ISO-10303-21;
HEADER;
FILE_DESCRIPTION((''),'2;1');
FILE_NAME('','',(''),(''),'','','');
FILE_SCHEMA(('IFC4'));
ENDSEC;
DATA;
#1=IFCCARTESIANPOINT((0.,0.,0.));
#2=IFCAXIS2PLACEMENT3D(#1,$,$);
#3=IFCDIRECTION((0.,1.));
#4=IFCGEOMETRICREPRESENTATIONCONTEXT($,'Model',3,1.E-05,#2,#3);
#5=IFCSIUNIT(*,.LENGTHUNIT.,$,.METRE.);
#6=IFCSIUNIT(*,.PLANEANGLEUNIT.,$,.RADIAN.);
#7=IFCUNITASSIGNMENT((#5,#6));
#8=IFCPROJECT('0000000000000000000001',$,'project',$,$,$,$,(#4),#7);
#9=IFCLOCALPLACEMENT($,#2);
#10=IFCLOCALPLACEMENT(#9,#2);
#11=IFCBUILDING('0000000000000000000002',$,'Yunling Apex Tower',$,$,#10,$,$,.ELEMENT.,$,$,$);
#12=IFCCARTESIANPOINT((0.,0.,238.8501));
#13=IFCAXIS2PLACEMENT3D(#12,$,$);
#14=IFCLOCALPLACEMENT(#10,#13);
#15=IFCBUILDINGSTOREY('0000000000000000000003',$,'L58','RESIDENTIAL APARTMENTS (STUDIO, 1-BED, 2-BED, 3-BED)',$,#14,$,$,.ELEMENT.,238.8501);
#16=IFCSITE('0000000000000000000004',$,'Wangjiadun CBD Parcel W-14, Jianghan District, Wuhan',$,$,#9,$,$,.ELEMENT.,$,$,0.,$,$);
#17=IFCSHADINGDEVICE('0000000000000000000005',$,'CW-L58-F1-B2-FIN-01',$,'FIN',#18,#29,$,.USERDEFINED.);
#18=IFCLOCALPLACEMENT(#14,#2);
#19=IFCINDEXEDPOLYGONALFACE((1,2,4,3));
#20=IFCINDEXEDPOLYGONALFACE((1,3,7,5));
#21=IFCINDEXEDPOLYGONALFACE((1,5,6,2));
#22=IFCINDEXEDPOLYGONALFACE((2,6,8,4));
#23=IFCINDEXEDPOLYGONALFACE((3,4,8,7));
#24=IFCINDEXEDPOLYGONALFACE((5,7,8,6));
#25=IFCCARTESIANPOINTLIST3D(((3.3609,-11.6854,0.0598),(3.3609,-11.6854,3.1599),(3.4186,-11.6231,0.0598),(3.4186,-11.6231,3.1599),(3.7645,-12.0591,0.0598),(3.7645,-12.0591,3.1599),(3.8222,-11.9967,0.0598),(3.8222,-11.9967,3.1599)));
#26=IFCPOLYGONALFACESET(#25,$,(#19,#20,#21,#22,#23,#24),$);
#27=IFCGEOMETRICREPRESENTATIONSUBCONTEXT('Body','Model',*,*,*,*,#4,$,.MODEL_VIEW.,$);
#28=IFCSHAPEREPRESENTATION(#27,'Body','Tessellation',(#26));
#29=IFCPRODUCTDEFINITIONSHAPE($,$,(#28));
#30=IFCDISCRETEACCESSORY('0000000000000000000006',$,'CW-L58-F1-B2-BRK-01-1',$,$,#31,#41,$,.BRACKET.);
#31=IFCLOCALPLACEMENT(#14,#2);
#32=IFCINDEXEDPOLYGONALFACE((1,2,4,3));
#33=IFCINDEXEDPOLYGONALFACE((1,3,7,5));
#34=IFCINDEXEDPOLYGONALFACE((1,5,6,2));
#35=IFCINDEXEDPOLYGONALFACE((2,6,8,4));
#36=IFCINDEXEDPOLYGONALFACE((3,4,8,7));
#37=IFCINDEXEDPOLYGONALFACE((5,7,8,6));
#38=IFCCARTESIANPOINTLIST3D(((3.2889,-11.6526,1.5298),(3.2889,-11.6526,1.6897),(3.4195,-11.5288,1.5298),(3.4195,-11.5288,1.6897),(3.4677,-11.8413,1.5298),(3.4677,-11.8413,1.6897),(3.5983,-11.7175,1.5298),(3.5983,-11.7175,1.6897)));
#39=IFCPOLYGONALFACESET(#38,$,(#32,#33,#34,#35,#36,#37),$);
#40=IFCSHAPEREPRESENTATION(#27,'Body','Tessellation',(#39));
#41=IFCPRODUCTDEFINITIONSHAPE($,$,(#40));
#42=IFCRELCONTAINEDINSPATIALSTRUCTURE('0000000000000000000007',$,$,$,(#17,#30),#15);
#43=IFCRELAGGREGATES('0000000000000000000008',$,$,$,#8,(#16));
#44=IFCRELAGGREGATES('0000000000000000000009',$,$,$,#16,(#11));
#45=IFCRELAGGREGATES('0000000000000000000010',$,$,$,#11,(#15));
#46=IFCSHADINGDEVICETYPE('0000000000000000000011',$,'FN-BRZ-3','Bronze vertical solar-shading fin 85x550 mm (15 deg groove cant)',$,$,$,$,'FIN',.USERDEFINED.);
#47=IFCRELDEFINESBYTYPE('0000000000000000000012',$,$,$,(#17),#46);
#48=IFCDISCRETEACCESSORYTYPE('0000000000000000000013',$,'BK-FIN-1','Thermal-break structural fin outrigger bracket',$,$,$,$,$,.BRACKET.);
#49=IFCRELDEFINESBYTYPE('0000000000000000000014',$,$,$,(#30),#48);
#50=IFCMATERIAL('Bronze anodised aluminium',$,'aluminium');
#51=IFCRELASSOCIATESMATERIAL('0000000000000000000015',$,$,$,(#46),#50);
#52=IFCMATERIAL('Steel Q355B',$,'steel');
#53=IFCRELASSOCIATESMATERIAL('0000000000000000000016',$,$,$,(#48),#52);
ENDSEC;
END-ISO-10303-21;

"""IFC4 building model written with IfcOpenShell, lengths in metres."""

from ifc_helpers import new_model, si_unit, direction, frame, origin, origin_2d, place, context, subcontext, project, spatial, rectangle, extrude, source, transform, mapped, material, material_profile, profile_set, type_object, element, save


model = new_model("IFC4")

# Units and contexts
model_context = context("Model", 3, precision=1e-05, world=origin(), true_north=direction((0.0, 1.0)))
body_context = subcontext(model_context, "Body", "Model", "MODEL_VIEW")
ifc_project = project(units=[si_unit("LENGTHUNIT", "METRE"), si_unit("PLANEANGLEUNIT", "RADIAN")], contexts=[model_context])

# Site, building, storey
site_placement = place(None, origin())
site = spatial("IfcSite", under=ifc_project, at=site_placement, Name="Wangjiadun CBD Parcel W-14, Jianghan District, Wuhan", CompositionType="ELEMENT", RefElevation=0.0)
building_placement = place(site_placement, origin())
building = spatial("IfcBuilding", under=site, at=building_placement, Name="Yunling Apex Tower", CompositionType="ELEMENT")
storey_placement = place(building_placement, frame((0.0, 0.0, 238.8501)))
storey = spatial("IfcBuildingStorey", under=building, at=storey_placement, Name="L58", Description="RESIDENTIAL APARTMENTS (STUDIO, 1-BED, 2-BED, 3-BED)", CompositionType="ELEMENT", Elevation=238.8501)

# Shared definitions
ifc_material_1 = material(Name="Steel Q355B", Category="steel")

# Shared definitions
ifc_material_2 = material(Name="Bronze anodised aluminium", Category="aluminium")

# Shading device
ifc_material_profile_1 = material_profile(ifc_material_2, rectangle(XDim=0.085, YDim=0.55, at=origin_2d()))
ifc_profile_set_1 = profile_set([ifc_material_profile_1], Name="Bronze anodised aluminium")
shading_device_type = type_object("IfcShadingDeviceType", Name="FN-BRZ-3", Description="Bronze vertical solar-shading fin 85x550 mm (15 deg groove cant)", ElementType="FIN", PredefinedType="USERDEFINED", material=ifc_profile_set_1)
shared_shape_1 = source(origin(), body_context, "Body", "SweptSolid", [
    extrude(rectangle(XDim=0.085, YDim=0.55, at=origin_2d()), origin(), (0.0, 0.0, 1.0), 3.1001),
])
shading_device_placement = place(storey_placement, frame((3.5916, -11.8411, 0.0598), z_axis=(0.0, 0.0, 1.0), x_axis=(0.679313, 0.733848, 0.0)))
element("IfcShadingDevice", 1, at=shading_device_placement, inside=storey, type_object=shading_device_type, Name="CW-L58-F1-B2-FIN-01", ObjectType="FIN", PredefinedType="USERDEFINED", context=body_context, shape_type="MappedRepresentation", body=[
    mapped(shared_shape_1, transform((0.0, 0.0, 0.0), scale=1.0)),
])

# Discrete accessory
discrete_accessory_type = type_object("IfcDiscreteAccessoryType", Name="BK-FIN-1", Description="Thermal-break structural fin outrigger bracket", PredefinedType="BRACKET", material=ifc_material_1)
shared_shape_2 = source(origin(), body_context, "Body", "SweptSolid", [
    extrude(rectangle(XDim=0.1799, YDim=0.26, at=origin_2d()), origin(), (0.0, 0.0, 1.0), 0.1599),
])
discrete_accessory_placement = place(storey_placement, frame((3.4436, -11.6851, 1.5298), z_axis=(0.0, 0.0, 1.0), x_axis=(0.725855, 0.687848, 0.0)))
element("IfcDiscreteAccessory", 2, at=discrete_accessory_placement, inside=storey, type_object=discrete_accessory_type, Name="CW-L58-F1-B2-BRK-01-1", PredefinedType="BRACKET", context=body_context, shape_type="MappedRepresentation", body=[
    mapped(shared_shape_2, transform((0.0, 0.0, 0.0), scale=1.0)),
])

save(model, "model.ifc")
